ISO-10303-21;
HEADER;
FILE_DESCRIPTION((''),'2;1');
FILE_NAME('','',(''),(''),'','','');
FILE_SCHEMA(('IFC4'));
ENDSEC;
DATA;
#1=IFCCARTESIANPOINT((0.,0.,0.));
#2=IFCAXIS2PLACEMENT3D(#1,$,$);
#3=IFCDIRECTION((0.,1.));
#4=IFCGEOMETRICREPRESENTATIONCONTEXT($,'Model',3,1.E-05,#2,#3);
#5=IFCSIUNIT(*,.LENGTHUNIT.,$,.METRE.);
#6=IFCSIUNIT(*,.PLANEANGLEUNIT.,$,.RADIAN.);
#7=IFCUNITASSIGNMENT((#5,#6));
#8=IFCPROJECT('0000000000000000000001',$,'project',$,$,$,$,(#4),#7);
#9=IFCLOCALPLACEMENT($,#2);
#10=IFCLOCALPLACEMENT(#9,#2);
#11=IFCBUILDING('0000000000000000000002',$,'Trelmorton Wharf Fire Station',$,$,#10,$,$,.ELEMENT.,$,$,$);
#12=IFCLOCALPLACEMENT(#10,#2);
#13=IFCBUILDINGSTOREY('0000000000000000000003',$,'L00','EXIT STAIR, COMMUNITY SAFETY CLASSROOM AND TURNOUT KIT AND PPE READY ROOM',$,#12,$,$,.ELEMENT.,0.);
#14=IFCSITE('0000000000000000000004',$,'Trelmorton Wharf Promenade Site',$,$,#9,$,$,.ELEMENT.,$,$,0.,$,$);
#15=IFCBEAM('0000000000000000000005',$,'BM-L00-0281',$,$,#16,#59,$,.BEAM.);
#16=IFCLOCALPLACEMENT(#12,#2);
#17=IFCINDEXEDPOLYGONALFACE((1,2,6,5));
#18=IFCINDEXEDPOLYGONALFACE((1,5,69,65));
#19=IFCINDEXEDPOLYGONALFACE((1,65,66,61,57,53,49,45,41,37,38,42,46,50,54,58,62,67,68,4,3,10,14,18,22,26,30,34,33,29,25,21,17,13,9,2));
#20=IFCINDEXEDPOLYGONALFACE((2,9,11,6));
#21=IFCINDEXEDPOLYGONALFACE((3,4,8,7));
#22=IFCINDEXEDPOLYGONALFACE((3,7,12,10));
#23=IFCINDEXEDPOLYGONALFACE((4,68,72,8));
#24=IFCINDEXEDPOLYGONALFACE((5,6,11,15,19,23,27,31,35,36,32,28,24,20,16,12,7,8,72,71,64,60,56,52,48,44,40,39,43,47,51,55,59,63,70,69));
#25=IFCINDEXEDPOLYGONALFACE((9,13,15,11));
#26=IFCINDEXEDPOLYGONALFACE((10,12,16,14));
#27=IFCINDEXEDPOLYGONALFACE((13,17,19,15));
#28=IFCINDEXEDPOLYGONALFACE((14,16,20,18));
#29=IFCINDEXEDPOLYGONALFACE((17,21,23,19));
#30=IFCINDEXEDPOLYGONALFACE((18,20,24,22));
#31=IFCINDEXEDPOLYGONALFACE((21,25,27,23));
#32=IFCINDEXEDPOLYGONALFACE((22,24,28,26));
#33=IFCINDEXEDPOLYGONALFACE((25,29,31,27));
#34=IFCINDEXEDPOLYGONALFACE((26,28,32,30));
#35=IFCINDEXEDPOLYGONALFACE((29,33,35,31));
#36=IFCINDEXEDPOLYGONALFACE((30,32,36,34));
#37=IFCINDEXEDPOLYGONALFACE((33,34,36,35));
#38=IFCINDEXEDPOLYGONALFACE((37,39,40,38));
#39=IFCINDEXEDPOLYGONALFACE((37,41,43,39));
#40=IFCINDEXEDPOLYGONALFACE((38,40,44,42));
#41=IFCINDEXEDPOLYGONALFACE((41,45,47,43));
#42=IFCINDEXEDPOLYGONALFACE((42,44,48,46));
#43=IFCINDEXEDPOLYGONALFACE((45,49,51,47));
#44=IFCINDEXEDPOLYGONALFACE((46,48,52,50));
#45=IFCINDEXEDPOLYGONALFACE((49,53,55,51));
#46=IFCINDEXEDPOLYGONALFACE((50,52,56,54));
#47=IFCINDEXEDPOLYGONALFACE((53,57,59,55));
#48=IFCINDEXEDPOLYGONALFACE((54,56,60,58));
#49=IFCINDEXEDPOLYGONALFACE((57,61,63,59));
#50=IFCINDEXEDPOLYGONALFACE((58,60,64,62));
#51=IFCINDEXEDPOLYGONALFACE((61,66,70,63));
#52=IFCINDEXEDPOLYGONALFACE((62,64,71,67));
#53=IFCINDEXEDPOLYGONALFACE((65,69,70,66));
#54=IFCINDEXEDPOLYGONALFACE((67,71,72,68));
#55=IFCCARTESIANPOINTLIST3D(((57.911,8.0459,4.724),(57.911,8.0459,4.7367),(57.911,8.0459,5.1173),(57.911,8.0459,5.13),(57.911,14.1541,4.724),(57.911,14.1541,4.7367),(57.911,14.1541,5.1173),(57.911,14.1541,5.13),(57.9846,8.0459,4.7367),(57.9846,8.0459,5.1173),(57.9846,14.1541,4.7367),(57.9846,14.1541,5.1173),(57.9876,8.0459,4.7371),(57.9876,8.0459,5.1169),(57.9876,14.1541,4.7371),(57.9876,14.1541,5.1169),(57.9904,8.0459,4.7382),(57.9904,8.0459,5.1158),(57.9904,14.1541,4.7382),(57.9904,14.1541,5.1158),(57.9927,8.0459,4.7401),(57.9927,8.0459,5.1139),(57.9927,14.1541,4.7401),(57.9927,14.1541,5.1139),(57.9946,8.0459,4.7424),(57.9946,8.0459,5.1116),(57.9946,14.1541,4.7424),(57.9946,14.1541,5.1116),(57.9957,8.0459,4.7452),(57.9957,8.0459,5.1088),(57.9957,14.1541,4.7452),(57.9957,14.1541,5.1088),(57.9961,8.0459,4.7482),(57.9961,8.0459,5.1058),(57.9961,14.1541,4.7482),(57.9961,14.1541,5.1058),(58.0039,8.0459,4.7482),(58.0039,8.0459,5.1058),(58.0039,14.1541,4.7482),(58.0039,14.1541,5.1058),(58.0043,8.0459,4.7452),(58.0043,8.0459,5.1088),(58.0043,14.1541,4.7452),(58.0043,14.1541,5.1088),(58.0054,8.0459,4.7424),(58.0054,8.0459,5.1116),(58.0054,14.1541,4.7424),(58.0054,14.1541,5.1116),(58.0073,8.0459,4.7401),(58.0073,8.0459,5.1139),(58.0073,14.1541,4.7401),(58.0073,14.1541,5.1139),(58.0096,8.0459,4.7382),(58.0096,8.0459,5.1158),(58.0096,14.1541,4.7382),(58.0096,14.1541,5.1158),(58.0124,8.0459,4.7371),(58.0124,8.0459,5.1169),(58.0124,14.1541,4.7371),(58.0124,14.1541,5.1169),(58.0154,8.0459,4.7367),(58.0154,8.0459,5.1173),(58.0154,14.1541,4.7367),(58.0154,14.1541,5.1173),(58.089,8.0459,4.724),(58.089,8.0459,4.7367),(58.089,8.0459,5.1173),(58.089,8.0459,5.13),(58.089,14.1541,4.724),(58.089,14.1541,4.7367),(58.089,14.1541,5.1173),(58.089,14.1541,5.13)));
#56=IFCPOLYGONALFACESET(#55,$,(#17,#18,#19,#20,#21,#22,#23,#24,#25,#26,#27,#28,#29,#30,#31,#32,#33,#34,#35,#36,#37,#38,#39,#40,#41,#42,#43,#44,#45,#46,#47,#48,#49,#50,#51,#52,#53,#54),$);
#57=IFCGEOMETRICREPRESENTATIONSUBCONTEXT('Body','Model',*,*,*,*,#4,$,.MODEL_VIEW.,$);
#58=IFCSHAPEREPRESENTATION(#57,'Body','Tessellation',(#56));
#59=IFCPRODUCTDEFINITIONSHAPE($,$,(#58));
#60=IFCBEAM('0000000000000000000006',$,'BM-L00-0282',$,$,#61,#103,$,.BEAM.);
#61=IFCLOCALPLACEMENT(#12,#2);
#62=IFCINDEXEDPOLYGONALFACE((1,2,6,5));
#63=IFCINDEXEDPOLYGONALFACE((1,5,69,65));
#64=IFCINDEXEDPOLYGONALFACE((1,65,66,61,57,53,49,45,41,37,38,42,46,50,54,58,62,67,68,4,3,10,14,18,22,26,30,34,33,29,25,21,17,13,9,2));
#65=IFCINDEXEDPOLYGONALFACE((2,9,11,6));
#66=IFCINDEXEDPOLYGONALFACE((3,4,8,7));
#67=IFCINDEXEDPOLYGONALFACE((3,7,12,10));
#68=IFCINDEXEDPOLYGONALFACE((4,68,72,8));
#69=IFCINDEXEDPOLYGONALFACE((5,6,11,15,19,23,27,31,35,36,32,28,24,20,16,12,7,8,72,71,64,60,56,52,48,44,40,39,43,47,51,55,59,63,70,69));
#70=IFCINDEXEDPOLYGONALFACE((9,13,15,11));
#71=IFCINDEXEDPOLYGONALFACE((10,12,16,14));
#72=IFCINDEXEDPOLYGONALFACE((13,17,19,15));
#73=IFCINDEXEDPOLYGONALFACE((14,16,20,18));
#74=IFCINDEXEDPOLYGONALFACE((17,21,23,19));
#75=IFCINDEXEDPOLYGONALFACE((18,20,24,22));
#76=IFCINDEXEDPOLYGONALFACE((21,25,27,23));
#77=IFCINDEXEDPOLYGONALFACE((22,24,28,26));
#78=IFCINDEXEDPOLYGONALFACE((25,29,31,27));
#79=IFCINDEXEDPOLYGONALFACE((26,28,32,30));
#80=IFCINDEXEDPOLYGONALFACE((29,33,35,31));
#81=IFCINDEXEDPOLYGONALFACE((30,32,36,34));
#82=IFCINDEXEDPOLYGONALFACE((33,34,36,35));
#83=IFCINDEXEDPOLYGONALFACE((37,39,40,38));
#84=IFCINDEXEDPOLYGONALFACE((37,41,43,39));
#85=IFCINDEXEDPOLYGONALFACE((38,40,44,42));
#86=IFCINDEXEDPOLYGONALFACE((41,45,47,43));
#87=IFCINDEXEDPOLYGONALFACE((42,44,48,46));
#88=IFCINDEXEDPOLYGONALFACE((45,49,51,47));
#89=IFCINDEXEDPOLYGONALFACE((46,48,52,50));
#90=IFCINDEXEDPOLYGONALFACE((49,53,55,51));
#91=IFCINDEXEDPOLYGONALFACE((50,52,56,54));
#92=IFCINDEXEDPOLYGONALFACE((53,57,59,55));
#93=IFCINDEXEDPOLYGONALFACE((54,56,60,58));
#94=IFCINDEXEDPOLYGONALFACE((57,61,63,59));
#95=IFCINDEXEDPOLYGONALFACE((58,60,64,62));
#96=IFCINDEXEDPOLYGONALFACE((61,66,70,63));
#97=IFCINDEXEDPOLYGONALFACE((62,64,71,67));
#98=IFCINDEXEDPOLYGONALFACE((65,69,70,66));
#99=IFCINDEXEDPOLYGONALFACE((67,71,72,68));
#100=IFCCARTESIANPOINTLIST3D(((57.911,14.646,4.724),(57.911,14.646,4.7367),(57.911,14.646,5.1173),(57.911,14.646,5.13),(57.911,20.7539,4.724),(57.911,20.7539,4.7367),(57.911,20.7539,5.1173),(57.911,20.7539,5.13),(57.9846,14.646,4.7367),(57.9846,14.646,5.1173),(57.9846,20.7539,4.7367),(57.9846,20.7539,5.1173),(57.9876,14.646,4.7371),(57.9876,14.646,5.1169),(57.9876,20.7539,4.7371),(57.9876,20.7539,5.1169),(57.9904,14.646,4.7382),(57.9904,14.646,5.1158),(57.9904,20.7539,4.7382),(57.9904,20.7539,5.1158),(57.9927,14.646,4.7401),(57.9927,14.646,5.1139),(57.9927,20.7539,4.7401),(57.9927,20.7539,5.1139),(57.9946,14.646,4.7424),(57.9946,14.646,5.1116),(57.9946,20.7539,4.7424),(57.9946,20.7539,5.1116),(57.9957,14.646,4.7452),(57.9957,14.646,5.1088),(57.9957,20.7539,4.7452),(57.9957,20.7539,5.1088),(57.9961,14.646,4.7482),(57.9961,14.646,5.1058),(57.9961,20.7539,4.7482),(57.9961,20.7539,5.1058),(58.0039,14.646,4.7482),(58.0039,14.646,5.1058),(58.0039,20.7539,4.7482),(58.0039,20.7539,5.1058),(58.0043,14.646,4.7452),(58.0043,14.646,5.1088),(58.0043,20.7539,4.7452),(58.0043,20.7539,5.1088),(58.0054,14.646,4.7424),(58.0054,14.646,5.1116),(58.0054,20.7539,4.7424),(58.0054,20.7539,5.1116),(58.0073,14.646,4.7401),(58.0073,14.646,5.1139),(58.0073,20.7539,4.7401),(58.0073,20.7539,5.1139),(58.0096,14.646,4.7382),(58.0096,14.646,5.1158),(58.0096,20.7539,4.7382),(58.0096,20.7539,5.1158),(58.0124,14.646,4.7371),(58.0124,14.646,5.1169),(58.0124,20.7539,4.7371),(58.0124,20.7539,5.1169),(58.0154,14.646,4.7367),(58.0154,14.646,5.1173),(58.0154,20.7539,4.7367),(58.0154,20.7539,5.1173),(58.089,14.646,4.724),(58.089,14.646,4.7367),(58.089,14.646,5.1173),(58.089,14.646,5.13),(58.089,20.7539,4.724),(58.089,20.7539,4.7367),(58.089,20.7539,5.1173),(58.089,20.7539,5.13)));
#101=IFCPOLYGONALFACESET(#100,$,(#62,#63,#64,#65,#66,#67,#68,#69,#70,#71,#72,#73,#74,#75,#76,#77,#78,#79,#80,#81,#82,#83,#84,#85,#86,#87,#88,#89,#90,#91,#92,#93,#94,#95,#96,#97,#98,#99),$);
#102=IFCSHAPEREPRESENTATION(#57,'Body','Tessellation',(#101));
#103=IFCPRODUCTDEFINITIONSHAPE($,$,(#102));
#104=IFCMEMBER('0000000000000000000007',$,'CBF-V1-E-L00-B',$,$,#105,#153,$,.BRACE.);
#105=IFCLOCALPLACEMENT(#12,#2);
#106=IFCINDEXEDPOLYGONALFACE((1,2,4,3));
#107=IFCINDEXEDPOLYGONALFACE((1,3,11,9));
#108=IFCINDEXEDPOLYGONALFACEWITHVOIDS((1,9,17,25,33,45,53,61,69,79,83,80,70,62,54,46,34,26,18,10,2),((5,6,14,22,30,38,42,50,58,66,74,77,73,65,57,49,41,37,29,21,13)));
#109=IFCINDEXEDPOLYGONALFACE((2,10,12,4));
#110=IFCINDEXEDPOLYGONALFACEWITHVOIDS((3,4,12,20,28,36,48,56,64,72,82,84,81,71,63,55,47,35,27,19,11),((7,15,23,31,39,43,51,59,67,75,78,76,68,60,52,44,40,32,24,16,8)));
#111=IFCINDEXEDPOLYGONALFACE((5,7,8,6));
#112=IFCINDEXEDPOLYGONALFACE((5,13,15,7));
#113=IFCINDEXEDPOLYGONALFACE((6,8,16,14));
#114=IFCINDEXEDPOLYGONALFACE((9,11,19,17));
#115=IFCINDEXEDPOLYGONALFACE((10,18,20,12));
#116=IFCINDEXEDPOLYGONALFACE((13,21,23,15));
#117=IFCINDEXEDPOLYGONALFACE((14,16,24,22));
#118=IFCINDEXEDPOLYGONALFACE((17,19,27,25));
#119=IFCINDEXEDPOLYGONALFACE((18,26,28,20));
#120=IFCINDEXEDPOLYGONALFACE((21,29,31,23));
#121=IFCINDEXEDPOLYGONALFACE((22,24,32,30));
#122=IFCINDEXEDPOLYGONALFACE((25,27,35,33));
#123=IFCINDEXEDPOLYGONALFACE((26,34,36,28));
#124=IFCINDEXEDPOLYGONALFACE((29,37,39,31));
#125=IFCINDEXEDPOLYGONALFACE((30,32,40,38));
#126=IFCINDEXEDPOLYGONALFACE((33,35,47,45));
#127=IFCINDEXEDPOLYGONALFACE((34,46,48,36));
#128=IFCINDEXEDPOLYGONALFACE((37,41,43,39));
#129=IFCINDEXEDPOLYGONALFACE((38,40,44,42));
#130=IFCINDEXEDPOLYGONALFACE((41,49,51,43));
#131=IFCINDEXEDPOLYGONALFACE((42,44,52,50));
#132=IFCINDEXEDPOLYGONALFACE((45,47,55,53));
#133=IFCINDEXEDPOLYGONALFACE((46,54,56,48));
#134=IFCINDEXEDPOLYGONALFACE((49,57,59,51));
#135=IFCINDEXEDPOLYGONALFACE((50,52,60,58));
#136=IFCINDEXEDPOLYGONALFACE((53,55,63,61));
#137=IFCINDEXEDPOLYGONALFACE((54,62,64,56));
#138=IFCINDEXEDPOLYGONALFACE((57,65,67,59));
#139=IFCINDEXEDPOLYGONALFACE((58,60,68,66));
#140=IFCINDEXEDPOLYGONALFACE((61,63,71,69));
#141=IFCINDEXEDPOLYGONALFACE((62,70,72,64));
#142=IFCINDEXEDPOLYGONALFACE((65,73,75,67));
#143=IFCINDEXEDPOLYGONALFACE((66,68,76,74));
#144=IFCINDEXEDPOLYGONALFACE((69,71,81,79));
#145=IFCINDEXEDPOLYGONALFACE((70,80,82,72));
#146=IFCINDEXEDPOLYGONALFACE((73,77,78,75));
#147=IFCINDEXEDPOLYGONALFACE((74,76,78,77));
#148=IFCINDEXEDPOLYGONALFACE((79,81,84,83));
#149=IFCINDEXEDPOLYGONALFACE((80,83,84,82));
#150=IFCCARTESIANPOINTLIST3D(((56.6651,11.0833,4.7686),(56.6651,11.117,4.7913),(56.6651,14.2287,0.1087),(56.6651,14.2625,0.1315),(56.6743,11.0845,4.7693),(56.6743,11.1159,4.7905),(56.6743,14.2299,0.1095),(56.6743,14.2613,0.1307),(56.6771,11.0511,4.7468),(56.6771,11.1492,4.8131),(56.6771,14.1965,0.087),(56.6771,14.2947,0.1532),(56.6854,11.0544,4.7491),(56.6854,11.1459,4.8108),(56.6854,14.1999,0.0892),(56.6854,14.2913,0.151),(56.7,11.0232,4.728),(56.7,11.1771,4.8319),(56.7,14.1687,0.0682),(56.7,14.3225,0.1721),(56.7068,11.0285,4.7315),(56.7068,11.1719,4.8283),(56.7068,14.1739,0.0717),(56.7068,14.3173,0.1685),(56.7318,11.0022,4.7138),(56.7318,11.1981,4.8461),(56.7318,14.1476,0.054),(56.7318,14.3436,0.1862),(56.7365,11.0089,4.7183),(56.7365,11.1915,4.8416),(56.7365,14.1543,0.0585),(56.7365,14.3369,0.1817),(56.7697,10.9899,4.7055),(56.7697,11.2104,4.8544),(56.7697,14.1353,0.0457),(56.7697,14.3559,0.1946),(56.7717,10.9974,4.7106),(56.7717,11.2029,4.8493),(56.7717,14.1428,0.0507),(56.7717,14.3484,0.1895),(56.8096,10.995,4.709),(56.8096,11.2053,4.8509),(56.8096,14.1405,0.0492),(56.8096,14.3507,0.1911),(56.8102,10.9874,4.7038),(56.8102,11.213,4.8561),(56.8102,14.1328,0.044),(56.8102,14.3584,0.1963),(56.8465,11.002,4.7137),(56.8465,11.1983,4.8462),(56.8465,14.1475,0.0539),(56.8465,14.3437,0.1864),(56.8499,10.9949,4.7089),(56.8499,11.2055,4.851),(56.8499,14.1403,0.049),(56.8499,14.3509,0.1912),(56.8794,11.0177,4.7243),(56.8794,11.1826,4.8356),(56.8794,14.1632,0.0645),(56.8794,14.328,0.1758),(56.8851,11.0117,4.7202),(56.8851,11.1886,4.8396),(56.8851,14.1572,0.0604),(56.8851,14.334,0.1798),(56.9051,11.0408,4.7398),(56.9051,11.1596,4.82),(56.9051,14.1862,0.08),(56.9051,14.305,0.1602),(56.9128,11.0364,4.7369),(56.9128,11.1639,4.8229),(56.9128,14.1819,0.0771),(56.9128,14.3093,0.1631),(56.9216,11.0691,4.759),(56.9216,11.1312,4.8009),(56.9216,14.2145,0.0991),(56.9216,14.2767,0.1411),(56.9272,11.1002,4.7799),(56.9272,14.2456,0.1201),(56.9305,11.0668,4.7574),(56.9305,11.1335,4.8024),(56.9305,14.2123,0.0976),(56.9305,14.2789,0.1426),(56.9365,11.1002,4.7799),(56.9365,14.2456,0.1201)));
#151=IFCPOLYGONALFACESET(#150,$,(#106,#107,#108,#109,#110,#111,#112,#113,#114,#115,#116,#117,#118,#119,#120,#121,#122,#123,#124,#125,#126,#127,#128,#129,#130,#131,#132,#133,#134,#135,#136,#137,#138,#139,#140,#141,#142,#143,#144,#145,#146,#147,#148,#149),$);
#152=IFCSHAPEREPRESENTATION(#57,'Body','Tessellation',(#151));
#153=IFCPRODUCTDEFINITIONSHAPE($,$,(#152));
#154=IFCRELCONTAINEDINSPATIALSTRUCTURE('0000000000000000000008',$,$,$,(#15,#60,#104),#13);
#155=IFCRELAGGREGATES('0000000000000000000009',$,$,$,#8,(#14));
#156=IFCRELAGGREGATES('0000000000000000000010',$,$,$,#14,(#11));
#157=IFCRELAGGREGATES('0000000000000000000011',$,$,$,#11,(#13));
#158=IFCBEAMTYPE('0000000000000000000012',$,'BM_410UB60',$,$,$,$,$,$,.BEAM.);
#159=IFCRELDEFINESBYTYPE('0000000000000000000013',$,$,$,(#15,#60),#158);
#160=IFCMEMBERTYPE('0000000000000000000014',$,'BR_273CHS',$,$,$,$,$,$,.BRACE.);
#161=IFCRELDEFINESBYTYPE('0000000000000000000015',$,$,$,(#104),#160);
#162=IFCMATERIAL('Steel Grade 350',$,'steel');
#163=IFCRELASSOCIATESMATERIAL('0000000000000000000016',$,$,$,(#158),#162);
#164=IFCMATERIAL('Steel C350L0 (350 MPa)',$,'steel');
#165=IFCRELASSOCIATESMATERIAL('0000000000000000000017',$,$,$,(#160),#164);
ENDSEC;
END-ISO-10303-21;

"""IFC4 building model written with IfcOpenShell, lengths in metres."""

from ifc_helpers import new_model, si_unit, direction, frame, origin, origin_2d, place, context, subcontext, project, spatial, hollow_circle, i_section, extrude, material, material_profile, profile_set, type_object, element, save


model = new_model("IFC4")

# Units and contexts
model_context = context("Model", 3, precision=1e-05, world=origin(), true_north=direction((0.0, 1.0)))
body_context = subcontext(model_context, "Body", "Model", "MODEL_VIEW")
ifc_project = project(units=[si_unit("LENGTHUNIT", "METRE"), si_unit("PLANEANGLEUNIT", "RADIAN")], contexts=[model_context])

# Site, building, storey
site_placement = place(None, origin())
site = spatial("IfcSite", under=ifc_project, at=site_placement, Name="Trelmorton Wharf Promenade Site", CompositionType="ELEMENT", RefElevation=0.0)
building_placement = place(site_placement, origin())
building = spatial("IfcBuilding", under=site, at=building_placement, Name="Trelmorton Wharf Fire Station", CompositionType="ELEMENT")
storey_placement = place(building_placement, origin())
storey = spatial("IfcBuildingStorey", under=building, at=storey_placement, Name="L00", Description="EXIT STAIR, COMMUNITY SAFETY CLASSROOM AND TURNOUT KIT AND PPE READY ROOM", CompositionType="ELEMENT", Elevation=0.0)

# Shared definitions
ifc_material_1 = material(Name="Steel Grade 350", Category="steel")

# Beams
ifc_material_profile_1 = material_profile(ifc_material_1, i_section(OverallWidth=0.178, OverallDepth=0.406, WebThickness=0.0078, FlangeThickness=0.0127, FilletRadius=0.0115, at=origin_2d()), Name="410UB59.7")
ifc_profile_set_1 = profile_set([ifc_material_profile_1], Name="Steel Grade 350")
beam_type = type_object("IfcBeamType", Name="BM_410UB60", PredefinedType="BEAM", material=ifc_profile_set_1)
beam_1_placement = place(storey_placement, frame((58.0, 8.0459, 4.927), z_axis=(0.0, 1.0, 0.0), x_axis=(-1.0, 0.0, 0.0)))
element("IfcBeam", 1, at=beam_1_placement, inside=storey, type_object=beam_type, Name="BM-L00-0281", PredefinedType="BEAM", context=body_context, shape_type="SweptSolid", body=[
    extrude(i_section(OverallWidth=0.178, OverallDepth=0.406, WebThickness=0.0078, FlangeThickness=0.0127, FilletRadius=0.0115, at=origin_2d()), origin(), (0.0, 0.0, 1.0), 6.1082),
])
beam_2_placement = place(storey_placement, frame((58.0, 14.646, 4.927), z_axis=(0.0, 1.0, 0.0), x_axis=(-1.0, 0.0, 0.0)))
element("IfcBeam", 2, at=beam_2_placement, inside=storey, type_object=beam_type, Name="BM-L00-0282", PredefinedType="BEAM", context=body_context, shape_type="SweptSolid", body=[
    extrude(i_section(OverallWidth=0.178, OverallDepth=0.406, WebThickness=0.0078, FlangeThickness=0.0127, FilletRadius=0.0115, at=origin_2d()), origin(), (0.0, 0.0, 1.0), 6.1079),
])

# Member
ifc_material_2 = material(Name="Steel C350L0 (350 MPa)", Category="steel")
ifc_material_profile_2 = material_profile(ifc_material_2, hollow_circle(Radius=0.1365, WallThickness=0.0093, at=origin_2d()), Name="273.1x9.3CHS")
ifc_profile_set_2 = profile_set([ifc_material_profile_2], Name="Steel C350L0 (350 MPa)")
member_type = type_object("IfcMemberType", Name="BR_273CHS", PredefinedType="BRACE", material=ifc_profile_set_2)
member_placement = place(storey_placement, frame((56.8, 14.2456, 0.1201), z_axis=(0.0, -0.559481, 0.828843), x_axis=(1.0, 0.0, 0.0)))
element("IfcMember", 3, at=member_placement, inside=storey, type_object=member_type, Name="CBF-V1-E-L00-B", PredefinedType="BRACE", context=body_context, shape_type="SweptSolid", body=[
    extrude(hollow_circle(Radius=0.1365, WallThickness=0.0093, at=origin_2d()), origin(), (0.0, 0.0, 1.0), 5.6221),
])

save(model, "model.ifc")
